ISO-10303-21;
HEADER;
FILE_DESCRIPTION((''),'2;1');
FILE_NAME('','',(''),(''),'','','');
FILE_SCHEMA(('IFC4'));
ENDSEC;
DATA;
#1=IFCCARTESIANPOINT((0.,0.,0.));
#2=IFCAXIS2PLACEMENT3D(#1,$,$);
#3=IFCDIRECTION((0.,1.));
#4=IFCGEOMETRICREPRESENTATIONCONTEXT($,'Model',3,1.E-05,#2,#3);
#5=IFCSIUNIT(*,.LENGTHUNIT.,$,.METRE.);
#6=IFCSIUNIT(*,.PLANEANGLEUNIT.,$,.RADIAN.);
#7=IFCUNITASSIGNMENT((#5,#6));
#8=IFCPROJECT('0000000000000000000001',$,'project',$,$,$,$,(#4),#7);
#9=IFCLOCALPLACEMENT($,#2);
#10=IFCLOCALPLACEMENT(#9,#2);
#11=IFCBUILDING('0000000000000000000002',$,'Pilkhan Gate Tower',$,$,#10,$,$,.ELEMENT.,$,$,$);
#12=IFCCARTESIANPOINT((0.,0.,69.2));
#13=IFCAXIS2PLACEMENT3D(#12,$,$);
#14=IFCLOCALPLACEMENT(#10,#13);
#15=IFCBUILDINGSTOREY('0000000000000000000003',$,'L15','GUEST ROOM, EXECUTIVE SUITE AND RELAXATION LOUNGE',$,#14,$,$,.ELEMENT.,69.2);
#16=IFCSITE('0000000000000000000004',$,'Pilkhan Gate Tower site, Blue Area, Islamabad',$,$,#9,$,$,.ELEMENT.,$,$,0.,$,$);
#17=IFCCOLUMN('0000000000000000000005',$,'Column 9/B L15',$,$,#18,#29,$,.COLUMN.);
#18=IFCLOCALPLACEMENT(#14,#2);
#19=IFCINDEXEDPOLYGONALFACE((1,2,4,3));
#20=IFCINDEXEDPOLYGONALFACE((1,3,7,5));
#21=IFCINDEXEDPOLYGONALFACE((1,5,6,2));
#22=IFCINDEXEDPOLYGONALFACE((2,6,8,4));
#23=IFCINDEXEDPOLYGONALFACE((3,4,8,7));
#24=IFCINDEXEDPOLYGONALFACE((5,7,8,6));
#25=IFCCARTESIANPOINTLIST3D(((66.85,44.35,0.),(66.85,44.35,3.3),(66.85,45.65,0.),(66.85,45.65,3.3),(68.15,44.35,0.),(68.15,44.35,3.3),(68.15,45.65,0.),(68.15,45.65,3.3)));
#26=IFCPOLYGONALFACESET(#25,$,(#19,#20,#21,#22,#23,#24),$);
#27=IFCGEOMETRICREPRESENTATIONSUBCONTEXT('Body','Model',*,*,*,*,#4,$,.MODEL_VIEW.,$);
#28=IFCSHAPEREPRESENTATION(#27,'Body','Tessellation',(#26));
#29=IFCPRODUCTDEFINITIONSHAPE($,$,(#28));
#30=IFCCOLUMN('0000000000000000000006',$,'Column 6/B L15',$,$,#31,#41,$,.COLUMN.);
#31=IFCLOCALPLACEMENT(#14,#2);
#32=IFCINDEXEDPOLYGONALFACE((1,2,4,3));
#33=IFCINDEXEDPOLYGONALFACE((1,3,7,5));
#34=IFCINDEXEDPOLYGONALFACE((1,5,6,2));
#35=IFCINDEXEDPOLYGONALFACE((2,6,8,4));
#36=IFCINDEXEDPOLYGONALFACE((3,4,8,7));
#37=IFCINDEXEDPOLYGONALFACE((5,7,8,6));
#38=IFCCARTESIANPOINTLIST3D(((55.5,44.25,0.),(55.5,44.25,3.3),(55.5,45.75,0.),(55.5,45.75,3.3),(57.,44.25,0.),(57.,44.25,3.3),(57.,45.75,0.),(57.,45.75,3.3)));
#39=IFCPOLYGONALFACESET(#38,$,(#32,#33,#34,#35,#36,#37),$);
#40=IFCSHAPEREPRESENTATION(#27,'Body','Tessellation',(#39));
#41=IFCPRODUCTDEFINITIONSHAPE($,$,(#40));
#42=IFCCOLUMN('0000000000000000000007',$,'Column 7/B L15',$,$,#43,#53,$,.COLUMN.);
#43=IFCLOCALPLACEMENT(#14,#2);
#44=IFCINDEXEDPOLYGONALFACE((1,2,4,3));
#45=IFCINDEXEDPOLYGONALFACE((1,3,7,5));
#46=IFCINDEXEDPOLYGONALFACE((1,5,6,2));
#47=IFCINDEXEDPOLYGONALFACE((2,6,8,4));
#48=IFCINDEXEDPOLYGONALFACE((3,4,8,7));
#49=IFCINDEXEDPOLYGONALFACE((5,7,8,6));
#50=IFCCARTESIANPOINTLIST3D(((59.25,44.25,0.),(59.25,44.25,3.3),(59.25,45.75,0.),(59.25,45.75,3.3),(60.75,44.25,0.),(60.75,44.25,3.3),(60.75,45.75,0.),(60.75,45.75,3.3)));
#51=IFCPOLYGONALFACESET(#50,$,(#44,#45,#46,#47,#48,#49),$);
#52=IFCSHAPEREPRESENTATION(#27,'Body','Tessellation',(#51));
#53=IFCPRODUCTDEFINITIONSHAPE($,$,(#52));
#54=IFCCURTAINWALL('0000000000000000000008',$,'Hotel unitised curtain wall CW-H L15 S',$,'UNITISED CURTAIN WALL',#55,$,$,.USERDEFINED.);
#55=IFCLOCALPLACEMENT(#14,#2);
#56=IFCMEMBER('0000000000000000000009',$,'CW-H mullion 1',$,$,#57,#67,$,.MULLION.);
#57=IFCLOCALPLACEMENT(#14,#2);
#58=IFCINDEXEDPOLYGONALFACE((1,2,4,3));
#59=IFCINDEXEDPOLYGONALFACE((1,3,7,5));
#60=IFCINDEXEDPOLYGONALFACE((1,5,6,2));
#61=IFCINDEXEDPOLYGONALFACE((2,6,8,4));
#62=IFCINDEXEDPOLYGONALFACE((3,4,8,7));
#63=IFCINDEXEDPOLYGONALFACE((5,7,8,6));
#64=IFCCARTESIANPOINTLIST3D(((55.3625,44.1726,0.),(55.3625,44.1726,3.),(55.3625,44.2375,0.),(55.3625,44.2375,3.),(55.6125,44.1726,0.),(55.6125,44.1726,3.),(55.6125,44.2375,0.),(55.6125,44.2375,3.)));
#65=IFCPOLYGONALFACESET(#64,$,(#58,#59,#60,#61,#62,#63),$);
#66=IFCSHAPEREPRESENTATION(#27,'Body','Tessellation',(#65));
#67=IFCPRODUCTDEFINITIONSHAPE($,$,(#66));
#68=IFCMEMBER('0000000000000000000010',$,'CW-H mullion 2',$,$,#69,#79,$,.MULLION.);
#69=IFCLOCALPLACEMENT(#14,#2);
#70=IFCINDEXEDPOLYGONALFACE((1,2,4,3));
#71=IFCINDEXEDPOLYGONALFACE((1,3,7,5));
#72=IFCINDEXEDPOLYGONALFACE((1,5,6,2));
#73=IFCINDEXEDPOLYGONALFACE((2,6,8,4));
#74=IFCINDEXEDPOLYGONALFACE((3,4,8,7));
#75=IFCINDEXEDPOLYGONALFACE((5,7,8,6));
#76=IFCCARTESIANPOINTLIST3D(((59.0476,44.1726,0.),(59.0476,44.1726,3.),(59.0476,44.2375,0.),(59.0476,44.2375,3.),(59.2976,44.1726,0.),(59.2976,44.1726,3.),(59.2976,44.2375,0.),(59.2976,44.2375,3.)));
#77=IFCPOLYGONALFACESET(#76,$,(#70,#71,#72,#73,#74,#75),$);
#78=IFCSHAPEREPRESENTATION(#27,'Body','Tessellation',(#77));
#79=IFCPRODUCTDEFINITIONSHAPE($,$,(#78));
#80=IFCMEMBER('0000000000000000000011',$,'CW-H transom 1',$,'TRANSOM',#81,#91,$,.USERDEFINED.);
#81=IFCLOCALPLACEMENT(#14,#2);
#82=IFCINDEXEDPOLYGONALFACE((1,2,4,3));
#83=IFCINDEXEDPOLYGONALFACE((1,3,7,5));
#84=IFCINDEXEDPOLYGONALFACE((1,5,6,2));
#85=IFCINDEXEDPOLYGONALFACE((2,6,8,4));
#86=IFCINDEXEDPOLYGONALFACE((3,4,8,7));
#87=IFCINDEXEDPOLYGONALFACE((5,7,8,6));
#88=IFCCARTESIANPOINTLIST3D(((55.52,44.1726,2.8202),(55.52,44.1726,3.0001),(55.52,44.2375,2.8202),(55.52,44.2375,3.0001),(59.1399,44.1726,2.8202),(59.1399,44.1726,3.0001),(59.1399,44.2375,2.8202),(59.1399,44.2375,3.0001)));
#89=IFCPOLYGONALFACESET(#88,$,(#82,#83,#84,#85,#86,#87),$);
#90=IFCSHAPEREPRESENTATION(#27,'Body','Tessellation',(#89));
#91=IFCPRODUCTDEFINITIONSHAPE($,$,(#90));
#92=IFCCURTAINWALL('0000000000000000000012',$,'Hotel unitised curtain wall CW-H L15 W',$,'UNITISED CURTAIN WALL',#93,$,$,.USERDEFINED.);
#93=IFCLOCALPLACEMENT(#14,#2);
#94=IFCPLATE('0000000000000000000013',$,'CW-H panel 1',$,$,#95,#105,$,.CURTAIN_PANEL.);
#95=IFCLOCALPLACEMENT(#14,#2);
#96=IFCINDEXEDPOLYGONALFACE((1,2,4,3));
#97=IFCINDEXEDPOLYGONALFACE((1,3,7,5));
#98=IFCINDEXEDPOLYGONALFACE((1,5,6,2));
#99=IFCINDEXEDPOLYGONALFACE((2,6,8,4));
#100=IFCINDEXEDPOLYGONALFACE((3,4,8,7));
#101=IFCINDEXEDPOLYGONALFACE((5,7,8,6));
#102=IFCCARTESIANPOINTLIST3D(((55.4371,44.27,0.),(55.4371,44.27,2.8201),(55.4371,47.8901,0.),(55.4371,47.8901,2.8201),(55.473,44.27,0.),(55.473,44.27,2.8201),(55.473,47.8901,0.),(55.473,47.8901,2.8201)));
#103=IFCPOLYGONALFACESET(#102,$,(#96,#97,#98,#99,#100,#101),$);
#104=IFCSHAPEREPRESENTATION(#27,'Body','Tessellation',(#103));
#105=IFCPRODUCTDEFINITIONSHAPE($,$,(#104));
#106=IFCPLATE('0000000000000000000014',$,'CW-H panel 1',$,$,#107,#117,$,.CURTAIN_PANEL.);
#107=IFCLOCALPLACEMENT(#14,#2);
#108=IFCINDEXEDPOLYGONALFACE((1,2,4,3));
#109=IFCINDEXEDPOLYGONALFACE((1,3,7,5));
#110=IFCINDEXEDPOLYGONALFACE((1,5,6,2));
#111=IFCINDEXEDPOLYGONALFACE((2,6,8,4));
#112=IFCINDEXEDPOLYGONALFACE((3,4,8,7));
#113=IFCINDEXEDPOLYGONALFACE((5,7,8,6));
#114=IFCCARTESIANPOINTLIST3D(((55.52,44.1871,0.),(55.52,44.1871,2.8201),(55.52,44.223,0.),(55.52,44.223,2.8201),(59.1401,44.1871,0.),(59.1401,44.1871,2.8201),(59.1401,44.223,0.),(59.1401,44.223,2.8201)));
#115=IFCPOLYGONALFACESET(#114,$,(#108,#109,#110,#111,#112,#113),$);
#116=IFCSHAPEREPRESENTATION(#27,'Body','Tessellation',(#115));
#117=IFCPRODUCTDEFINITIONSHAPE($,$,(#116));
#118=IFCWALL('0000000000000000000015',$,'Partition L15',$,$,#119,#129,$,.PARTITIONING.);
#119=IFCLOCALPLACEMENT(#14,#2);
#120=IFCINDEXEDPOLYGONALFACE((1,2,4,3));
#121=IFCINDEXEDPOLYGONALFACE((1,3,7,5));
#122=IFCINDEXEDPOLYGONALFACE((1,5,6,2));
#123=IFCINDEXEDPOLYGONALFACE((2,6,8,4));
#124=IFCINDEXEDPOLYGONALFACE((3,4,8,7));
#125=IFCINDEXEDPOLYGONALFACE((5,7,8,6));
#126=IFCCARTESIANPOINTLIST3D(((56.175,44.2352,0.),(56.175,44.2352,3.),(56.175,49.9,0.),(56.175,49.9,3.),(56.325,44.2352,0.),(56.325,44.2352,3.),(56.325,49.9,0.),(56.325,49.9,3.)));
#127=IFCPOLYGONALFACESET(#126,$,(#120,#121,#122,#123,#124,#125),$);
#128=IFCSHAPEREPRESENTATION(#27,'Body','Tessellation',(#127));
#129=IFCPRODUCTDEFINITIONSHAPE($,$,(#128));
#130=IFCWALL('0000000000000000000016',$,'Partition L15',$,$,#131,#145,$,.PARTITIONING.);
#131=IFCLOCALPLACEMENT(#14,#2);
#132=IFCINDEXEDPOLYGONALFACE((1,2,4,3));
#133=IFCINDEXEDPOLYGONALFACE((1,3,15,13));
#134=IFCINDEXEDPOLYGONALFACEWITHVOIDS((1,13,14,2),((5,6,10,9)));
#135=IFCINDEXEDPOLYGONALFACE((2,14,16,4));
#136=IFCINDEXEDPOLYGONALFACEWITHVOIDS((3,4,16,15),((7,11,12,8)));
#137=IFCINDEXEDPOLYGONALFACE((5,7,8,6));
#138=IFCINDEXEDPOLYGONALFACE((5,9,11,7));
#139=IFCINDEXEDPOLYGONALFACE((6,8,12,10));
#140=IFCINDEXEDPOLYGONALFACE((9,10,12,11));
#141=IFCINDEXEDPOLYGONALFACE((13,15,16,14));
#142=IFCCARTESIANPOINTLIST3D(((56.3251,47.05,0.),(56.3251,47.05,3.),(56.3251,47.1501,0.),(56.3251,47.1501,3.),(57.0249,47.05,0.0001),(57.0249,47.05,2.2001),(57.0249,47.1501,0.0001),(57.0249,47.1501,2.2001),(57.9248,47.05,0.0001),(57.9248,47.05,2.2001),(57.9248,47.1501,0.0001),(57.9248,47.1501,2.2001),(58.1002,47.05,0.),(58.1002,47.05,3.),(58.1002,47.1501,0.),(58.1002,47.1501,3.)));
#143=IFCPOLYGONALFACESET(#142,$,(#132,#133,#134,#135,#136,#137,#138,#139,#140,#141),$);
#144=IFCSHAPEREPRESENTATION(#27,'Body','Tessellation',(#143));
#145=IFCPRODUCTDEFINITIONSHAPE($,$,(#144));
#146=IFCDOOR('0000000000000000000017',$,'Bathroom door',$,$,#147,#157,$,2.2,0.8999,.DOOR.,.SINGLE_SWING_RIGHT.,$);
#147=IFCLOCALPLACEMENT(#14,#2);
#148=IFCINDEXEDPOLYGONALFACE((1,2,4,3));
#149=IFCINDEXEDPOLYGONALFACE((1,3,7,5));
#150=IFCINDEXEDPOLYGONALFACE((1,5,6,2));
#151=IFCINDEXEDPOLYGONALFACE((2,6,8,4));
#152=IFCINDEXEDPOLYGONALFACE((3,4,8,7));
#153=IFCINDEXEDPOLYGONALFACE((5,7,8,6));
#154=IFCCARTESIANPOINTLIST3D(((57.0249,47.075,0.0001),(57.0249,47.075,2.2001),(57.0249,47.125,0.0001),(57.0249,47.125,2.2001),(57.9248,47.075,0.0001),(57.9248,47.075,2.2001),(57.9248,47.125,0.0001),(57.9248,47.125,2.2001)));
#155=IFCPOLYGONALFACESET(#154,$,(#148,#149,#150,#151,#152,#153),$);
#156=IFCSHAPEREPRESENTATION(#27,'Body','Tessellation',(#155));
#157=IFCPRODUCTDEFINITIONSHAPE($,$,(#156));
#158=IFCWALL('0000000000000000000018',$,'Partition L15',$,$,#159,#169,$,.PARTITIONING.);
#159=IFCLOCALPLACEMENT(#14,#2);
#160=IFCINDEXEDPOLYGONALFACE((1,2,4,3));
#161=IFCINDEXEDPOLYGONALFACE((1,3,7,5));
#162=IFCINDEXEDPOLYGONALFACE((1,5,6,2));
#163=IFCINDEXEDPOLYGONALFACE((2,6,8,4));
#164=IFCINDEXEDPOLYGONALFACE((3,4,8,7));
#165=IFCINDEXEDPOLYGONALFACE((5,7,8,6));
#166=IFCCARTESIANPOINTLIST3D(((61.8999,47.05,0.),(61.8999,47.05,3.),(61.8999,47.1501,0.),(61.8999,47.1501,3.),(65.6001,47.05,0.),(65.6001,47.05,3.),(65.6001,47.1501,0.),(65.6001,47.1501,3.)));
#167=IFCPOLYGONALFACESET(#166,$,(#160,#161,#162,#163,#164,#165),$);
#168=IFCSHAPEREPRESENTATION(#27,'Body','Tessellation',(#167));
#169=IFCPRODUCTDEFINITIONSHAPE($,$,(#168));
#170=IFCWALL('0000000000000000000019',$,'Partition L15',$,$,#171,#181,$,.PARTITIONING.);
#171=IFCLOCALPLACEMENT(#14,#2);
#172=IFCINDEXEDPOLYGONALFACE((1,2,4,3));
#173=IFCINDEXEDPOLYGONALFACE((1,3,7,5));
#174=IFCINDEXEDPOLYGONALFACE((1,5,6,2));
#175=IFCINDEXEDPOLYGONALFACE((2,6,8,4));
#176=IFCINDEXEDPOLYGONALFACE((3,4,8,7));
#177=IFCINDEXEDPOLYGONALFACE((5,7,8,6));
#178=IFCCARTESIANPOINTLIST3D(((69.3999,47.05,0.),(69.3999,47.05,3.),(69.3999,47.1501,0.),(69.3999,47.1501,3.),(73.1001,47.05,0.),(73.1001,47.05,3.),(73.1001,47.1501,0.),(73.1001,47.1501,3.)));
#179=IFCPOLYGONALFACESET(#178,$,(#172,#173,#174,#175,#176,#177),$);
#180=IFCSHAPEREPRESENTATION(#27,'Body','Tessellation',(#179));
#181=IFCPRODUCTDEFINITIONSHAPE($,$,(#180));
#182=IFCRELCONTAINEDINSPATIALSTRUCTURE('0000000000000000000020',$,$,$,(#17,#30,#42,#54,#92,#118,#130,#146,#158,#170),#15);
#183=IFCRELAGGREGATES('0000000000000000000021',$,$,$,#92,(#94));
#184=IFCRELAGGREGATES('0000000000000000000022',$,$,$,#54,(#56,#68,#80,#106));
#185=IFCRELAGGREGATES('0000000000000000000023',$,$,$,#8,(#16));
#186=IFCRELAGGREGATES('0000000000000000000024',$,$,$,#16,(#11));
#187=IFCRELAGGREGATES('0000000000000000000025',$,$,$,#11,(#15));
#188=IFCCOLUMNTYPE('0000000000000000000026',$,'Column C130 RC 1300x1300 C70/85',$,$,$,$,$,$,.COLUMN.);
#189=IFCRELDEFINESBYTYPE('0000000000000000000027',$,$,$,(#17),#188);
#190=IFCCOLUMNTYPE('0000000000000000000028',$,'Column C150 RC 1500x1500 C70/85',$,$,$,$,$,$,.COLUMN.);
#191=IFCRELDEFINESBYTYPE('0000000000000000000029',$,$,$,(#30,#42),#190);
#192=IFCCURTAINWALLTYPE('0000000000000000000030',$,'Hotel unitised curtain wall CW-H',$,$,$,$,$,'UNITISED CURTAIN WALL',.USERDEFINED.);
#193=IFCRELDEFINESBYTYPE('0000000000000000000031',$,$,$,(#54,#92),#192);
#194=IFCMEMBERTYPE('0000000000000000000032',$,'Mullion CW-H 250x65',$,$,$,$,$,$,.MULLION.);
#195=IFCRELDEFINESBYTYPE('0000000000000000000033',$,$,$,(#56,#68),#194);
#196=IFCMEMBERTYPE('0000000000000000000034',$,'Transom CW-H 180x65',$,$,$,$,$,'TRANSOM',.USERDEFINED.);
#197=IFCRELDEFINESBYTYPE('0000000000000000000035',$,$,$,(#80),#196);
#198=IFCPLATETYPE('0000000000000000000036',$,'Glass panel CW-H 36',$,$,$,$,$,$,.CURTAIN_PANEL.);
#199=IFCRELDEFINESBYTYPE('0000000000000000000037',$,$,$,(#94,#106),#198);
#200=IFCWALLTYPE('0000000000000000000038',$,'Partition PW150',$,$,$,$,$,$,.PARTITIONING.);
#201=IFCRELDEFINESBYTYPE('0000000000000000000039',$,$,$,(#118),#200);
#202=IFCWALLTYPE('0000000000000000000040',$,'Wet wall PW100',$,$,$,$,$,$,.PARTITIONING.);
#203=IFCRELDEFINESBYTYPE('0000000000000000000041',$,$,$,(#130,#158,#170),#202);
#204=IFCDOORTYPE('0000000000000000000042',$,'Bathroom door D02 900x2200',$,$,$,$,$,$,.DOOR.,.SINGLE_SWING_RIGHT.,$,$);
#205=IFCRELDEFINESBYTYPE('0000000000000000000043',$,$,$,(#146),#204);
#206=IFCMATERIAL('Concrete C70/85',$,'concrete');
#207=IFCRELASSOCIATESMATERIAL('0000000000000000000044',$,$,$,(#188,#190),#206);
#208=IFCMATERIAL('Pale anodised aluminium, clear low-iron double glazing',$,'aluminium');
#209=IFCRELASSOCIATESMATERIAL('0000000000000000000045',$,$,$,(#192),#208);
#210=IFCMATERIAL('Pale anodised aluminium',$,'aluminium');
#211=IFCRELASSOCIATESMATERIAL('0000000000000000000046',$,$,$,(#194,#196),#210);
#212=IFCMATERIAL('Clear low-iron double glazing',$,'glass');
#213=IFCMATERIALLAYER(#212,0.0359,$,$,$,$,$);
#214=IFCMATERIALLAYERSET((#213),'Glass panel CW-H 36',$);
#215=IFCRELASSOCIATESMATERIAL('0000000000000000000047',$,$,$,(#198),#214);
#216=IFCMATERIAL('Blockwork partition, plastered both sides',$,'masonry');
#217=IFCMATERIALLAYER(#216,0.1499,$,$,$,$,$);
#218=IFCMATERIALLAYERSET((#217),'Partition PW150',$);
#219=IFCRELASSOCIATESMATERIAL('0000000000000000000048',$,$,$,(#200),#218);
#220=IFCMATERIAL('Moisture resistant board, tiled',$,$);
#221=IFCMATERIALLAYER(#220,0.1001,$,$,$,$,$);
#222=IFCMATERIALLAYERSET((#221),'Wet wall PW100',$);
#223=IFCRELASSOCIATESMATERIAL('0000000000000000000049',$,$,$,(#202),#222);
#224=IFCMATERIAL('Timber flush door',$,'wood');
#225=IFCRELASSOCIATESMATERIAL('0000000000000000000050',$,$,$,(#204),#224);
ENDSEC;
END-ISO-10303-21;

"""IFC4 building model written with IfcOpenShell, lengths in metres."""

from ifc_helpers import new_model, si_unit, direction, frame, frame_2d, origin, origin_2d, place, context, subcontext, project, spatial, rectangle, extrude, material, layer, layer_set, material_profile, profile_set, type_object, element, fill, aggregate, save


model = new_model("IFC4")

# Units and contexts
model_context = context("Model", 3, precision=1e-05, world=origin(), true_north=direction((0.0, 1.0)))
body_context = subcontext(model_context, "Body", "Model", "MODEL_VIEW")
ifc_project = project(units=[si_unit("LENGTHUNIT", "METRE"), si_unit("PLANEANGLEUNIT", "RADIAN")], contexts=[model_context])

# Site, building, storey
site_placement = place(None, origin())
site = spatial("IfcSite", under=ifc_project, at=site_placement, Name="Pilkhan Gate Tower site, Blue Area, Islamabad", CompositionType="ELEMENT", RefElevation=0.0)
building_placement = place(site_placement, origin())
building = spatial("IfcBuilding", under=site, at=building_placement, Name="Pilkhan Gate Tower", CompositionType="ELEMENT")
storey_placement = place(building_placement, frame((0.0, 0.0, 69.2)))
storey = spatial("IfcBuildingStorey", under=building, at=storey_placement, Name="L15", Description="GUEST ROOM, EXECUTIVE SUITE AND RELAXATION LOUNGE", CompositionType="ELEMENT", Elevation=69.2)

# Columns
ifc_material_1 = material(Name="Concrete C70/85", Category="concrete")
ifc_material_profile_1 = material_profile(ifc_material_1, rectangle(XDim=1.3, YDim=1.3, at=origin_2d()), Name="RC 1300x1300")
ifc_profile_set_1 = profile_set([ifc_material_profile_1], Name="Concrete C70/85")
column_type_1 = type_object("IfcColumnType", Name="Column C130 RC 1300x1300 C70/85", PredefinedType="COLUMN", material=ifc_profile_set_1)
column_placement = place(storey_placement, frame((67.5, 45.0, 0.0), z_axis=(0.0, 0.0, 1.0), x_axis=(1.0, 0.0, 0.0)))
element("IfcColumn", 1, at=column_placement, inside=storey, type_object=column_type_1, Name="Column 9/B L15", PredefinedType="COLUMN", context=body_context, shape_type="SweptSolid", body=[
    extrude(rectangle(XDim=1.3, YDim=1.3, at=origin_2d()), origin(), (0.0, 0.0, 1.0), 3.3),
])
ifc_material_profile_2 = material_profile(ifc_material_1, rectangle(XDim=1.5, YDim=1.5, at=origin_2d()), Name="RC 1500x1500")
ifc_profile_set_2 = profile_set([ifc_material_profile_2], Name="Concrete C70/85")
column_type_2 = type_object("IfcColumnType", Name="Column C150 RC 1500x1500 C70/85", PredefinedType="COLUMN", material=ifc_profile_set_2)
for number, where, z_axis, x_axis, name in (
    (2, (56.25, 45.0, 0.0), (0.0, 0.0, 1.0), (1.0, 0.0, 0.0), "Column 6/B L15"),
    (3, (60.0, 45.0, 0.0), (0.0, 0.0, 1.0), (1.0, 0.0, 0.0), "Column 7/B L15"),
):
    element("IfcColumn", number, at=place(storey_placement, frame(where, z_axis=z_axis, x_axis=x_axis)), inside=storey, type_object=column_type_2, Name=name, PredefinedType="COLUMN", context=body_context, shape_type="SweptSolid", body=[
        extrude(rectangle(XDim=1.5, YDim=1.5, at=origin_2d()), origin(), (0.0, 0.0, 1.0), 3.3),
    ])

# Curtain wall, members
ifc_material_2 = material(Name="Pale anodised aluminium, clear low-iron double glazing", Category="aluminium")
curtain_wall_type = type_object("IfcCurtainWallType", Name="Hotel unitised curtain wall CW-H", ElementType="UNITISED CURTAIN WALL", PredefinedType="USERDEFINED", material=ifc_material_2)
curtain_wall_1_placement = place(storey_placement, origin())
curtain_wall_1 = element("IfcCurtainWall", 4, at=curtain_wall_1_placement, inside=storey, type_object=curtain_wall_type, Name="Hotel unitised curtain wall CW-H L15 S", ObjectType="UNITISED CURTAIN WALL", PredefinedType="USERDEFINED")
ifc_material_3 = material(Name="Pale anodised aluminium", Category="aluminium")
ifc_material_profile_3 = material_profile(ifc_material_3, rectangle(XDim=0.0649, YDim=0.25, at=origin_2d()), Name="Mullion 250x65")
ifc_profile_set_3 = profile_set([ifc_material_profile_3], Name="Pale anodised aluminium")
member_type_1 = type_object("IfcMemberType", Name="Mullion CW-H 250x65", PredefinedType="MULLION", material=ifc_profile_set_3)
member_1_placement = place(storey_placement, frame((55.4875, 44.2051, 0.0), z_axis=(0.0, 0.0, 1.0), x_axis=(0.0, 1.0, 0.0)))
member_1 = element("IfcMember", 5, at=member_1_placement, type_object=member_type_1, Name="CW-H mullion 1", PredefinedType="MULLION", context=body_context, shape_type="SweptSolid", body=[
    extrude(rectangle(XDim=0.0649, YDim=0.25, at=origin_2d()), origin(), (0.0, 0.0, 1.0), 3.0),
])
member_2_placement = place(storey_placement, frame((59.1726, 44.2051, 0.0), z_axis=(0.0, 0.0, 1.0), x_axis=(0.0, 1.0, 0.0)))
member_2 = element("IfcMember", 6, at=member_2_placement, type_object=member_type_1, Name="CW-H mullion 2", PredefinedType="MULLION", context=body_context, shape_type="SweptSolid", body=[
    extrude(rectangle(XDim=0.0649, YDim=0.25, at=origin_2d()), origin(), (0.0, 0.0, 1.0), 3.0),
])
ifc_material_profile_4 = material_profile(ifc_material_3, rectangle(XDim=0.0649, YDim=0.1799, at=origin_2d()), Name="Transom 180x65")
ifc_profile_set_4 = profile_set([ifc_material_profile_4], Name="Pale anodised aluminium")
member_type_2 = type_object("IfcMemberType", Name="Transom CW-H 180x65", ElementType="TRANSOM", PredefinedType="USERDEFINED", material=ifc_profile_set_4)
member_3_placement = place(storey_placement, frame((55.52, 44.2051, 2.9102), z_axis=(1.0, 0.0, 0.0), x_axis=(0.0, 1.0, 0.0)))
member_3 = element("IfcMember", 7, at=member_3_placement, type_object=member_type_2, Name="CW-H transom 1", ObjectType="TRANSOM", PredefinedType="USERDEFINED", context=body_context, shape_type="SweptSolid", body=[
    extrude(rectangle(XDim=0.0649, YDim=0.1799, at=origin_2d()), origin(), (0.0, 0.0, 1.0), 3.6199),
])

# Curtain wall, plate
curtain_wall_2_placement = place(storey_placement, origin())
curtain_wall_2 = element("IfcCurtainWall", 8, at=curtain_wall_2_placement, inside=storey, type_object=curtain_wall_type, Name="Hotel unitised curtain wall CW-H L15 W", ObjectType="UNITISED CURTAIN WALL", PredefinedType="USERDEFINED")
ifc_material_4 = material(Name="Clear low-iron double glazing", Category="glass")
ifc_layer_1 = layer(ifc_material_4, 0.0359)
ifc_layer_set_1 = layer_set([ifc_layer_1], Name="Glass panel CW-H 36")
plate_type = type_object("IfcPlateType", Name="Glass panel CW-H 36", PredefinedType="CURTAIN_PANEL", material=ifc_layer_set_1)
plate_1_placement = place(storey_placement, frame((55.4551, 46.0801, 0.0), z_axis=(0.0, 0.0, 1.0), x_axis=(0.0, 1.0, 0.0)))
plate_1 = element("IfcPlate", 9, at=plate_1_placement, type_object=plate_type, Name="CW-H panel 1", PredefinedType="CURTAIN_PANEL", context=body_context, shape_type="SweptSolid", body=[
    extrude(rectangle(XDim=3.6201, YDim=0.0359, at=origin_2d()), origin(), (0.0, 0.0, 1.0), 2.8201),
])
aggregate(curtain_wall_2, [plate_1])

# Plate
plate_2_placement = place(storey_placement, frame((57.3301, 44.2051, 0.0), z_axis=(0.0, 0.0, 1.0), x_axis=(1.0, 0.0, 0.0)))
plate_2 = element("IfcPlate", 10, at=plate_2_placement, type_object=plate_type, Name="CW-H panel 1", PredefinedType="CURTAIN_PANEL", context=body_context, shape_type="SweptSolid", body=[
    extrude(rectangle(XDim=3.6201, YDim=0.0359, at=origin_2d()), origin(), (0.0, 0.0, 1.0), 2.8201),
])
aggregate(curtain_wall_1, [member_1, member_2, member_3, plate_2])

# Wall
ifc_material_5 = material(Name="Blockwork partition, plastered both sides", Category="masonry")
ifc_layer_2 = layer(ifc_material_5, 0.1499)
ifc_layer_set_2 = layer_set([ifc_layer_2], Name="Partition PW150")
wall_type_1 = type_object("IfcWallType", Name="Partition PW150", PredefinedType="PARTITIONING", material=ifc_layer_set_2)
wall_1_placement = place(storey_placement, frame((56.25, 44.2351, 0.0), z_axis=(0.0, 0.0, 1.0), x_axis=(0.0, 1.0, 0.0)))
element("IfcWall", 11, at=wall_1_placement, inside=storey, type_object=wall_type_1, Name="Partition L15", PredefinedType="PARTITIONING", context=body_context, shape_type="SweptSolid", body=[
    extrude(rectangle(XDim=5.6648, YDim=0.1499, at=frame_2d((2.8325, 0.0))), origin(), (0.0, 0.0, 1.0), 3.0),
])

# Wall, opening, door
ifc_material_6 = material(Name="Moisture resistant board, tiled")
ifc_layer_3 = layer(ifc_material_6, 0.1001)
ifc_layer_set_3 = layer_set([ifc_layer_3], Name="Wet wall PW100")
wall_type_2 = type_object("IfcWallType", Name="Wet wall PW100", PredefinedType="PARTITIONING", material=ifc_layer_set_3)
wall_2_placement = place(storey_placement, frame((56.325, 47.1001, 0.0), z_axis=(0.0, 0.0, 1.0), x_axis=(1.0, 0.0, 0.0)))
wall_2 = element("IfcWall", 12, at=wall_2_placement, inside=storey, type_object=wall_type_2, Name="Partition L15", PredefinedType="PARTITIONING", context=body_context, shape_type="SweptSolid", body=[
    extrude(rectangle(XDim=1.7751, YDim=0.1001, at=frame_2d((0.8877, 0.0))), origin(), (0.0, 0.0, 1.0), 3.0),
])
opening_1_placement = place(wall_2_placement, frame((0.7, 0.0, 0.0)))
opening_1 = element("IfcOpeningElement", 13, at=opening_1_placement, cuts=wall_2, PredefinedType="OPENING", context=body_context, shape_type="SweptSolid", body=[
    extrude(rectangle(XDim=0.8999, YDim=2.2, at=frame_2d((0.45, 1.1001))), frame((0.0, 0.0601, 0.0), z_axis=(0.0, -1.0, 0.0), x_axis=(1.0, 0.0, 0.0)), (0.0, 0.0, 1.0), 0.1201),
])
ifc_material_7 = material(Name="Timber flush door", Category="wood")
door_type = type_object("IfcDoorType", Name="Bathroom door D02 900x2200", OperationType="SINGLE_SWING_RIGHT", PredefinedType="DOOR", material=ifc_material_7)
door_1_placement = place(opening_1_placement, origin())
door_1 = element("IfcDoor", 14, at=door_1_placement, inside=storey, type_object=door_type, Name="Bathroom door", OperationType="SINGLE_SWING_RIGHT", OverallHeight=2.2, OverallWidth=0.8999, PredefinedType="DOOR", context=body_context, shape_type="SweptSolid", body=[
    extrude(rectangle(XDim=0.8999, YDim=2.2, at=frame_2d((0.45, 1.1001))), frame((0.0, 0.0249, 0.0), z_axis=(0.0, -1.0, 0.0), x_axis=(1.0, 0.0, 0.0)), (0.0, 0.0, 1.0), 0.05),
])
fill(opening_1, door_1)

# Walls
for number, where, z_axis, x_axis, name in (
    (15, (61.8999, 47.1001, 0.0), (0.0, 0.0, 1.0), (1.0, 0.0, 0.0), "Partition L15"),
    (16, (69.3999, 47.1001, 0.0), (0.0, 0.0, 1.0), (1.0, 0.0, 0.0), "Partition L15"),
):
    element("IfcWall", number, at=place(storey_placement, frame(where, z_axis=z_axis, x_axis=x_axis)), inside=storey, type_object=wall_type_2, Name=name, PredefinedType="PARTITIONING", context=body_context, shape_type="SweptSolid", body=[
        extrude(rectangle(XDim=3.7002, YDim=0.1001, at=frame_2d((1.8501, 0.0))), origin(), (0.0, 0.0, 1.0), 3.0),
    ])

save(model, "model.ifc")
